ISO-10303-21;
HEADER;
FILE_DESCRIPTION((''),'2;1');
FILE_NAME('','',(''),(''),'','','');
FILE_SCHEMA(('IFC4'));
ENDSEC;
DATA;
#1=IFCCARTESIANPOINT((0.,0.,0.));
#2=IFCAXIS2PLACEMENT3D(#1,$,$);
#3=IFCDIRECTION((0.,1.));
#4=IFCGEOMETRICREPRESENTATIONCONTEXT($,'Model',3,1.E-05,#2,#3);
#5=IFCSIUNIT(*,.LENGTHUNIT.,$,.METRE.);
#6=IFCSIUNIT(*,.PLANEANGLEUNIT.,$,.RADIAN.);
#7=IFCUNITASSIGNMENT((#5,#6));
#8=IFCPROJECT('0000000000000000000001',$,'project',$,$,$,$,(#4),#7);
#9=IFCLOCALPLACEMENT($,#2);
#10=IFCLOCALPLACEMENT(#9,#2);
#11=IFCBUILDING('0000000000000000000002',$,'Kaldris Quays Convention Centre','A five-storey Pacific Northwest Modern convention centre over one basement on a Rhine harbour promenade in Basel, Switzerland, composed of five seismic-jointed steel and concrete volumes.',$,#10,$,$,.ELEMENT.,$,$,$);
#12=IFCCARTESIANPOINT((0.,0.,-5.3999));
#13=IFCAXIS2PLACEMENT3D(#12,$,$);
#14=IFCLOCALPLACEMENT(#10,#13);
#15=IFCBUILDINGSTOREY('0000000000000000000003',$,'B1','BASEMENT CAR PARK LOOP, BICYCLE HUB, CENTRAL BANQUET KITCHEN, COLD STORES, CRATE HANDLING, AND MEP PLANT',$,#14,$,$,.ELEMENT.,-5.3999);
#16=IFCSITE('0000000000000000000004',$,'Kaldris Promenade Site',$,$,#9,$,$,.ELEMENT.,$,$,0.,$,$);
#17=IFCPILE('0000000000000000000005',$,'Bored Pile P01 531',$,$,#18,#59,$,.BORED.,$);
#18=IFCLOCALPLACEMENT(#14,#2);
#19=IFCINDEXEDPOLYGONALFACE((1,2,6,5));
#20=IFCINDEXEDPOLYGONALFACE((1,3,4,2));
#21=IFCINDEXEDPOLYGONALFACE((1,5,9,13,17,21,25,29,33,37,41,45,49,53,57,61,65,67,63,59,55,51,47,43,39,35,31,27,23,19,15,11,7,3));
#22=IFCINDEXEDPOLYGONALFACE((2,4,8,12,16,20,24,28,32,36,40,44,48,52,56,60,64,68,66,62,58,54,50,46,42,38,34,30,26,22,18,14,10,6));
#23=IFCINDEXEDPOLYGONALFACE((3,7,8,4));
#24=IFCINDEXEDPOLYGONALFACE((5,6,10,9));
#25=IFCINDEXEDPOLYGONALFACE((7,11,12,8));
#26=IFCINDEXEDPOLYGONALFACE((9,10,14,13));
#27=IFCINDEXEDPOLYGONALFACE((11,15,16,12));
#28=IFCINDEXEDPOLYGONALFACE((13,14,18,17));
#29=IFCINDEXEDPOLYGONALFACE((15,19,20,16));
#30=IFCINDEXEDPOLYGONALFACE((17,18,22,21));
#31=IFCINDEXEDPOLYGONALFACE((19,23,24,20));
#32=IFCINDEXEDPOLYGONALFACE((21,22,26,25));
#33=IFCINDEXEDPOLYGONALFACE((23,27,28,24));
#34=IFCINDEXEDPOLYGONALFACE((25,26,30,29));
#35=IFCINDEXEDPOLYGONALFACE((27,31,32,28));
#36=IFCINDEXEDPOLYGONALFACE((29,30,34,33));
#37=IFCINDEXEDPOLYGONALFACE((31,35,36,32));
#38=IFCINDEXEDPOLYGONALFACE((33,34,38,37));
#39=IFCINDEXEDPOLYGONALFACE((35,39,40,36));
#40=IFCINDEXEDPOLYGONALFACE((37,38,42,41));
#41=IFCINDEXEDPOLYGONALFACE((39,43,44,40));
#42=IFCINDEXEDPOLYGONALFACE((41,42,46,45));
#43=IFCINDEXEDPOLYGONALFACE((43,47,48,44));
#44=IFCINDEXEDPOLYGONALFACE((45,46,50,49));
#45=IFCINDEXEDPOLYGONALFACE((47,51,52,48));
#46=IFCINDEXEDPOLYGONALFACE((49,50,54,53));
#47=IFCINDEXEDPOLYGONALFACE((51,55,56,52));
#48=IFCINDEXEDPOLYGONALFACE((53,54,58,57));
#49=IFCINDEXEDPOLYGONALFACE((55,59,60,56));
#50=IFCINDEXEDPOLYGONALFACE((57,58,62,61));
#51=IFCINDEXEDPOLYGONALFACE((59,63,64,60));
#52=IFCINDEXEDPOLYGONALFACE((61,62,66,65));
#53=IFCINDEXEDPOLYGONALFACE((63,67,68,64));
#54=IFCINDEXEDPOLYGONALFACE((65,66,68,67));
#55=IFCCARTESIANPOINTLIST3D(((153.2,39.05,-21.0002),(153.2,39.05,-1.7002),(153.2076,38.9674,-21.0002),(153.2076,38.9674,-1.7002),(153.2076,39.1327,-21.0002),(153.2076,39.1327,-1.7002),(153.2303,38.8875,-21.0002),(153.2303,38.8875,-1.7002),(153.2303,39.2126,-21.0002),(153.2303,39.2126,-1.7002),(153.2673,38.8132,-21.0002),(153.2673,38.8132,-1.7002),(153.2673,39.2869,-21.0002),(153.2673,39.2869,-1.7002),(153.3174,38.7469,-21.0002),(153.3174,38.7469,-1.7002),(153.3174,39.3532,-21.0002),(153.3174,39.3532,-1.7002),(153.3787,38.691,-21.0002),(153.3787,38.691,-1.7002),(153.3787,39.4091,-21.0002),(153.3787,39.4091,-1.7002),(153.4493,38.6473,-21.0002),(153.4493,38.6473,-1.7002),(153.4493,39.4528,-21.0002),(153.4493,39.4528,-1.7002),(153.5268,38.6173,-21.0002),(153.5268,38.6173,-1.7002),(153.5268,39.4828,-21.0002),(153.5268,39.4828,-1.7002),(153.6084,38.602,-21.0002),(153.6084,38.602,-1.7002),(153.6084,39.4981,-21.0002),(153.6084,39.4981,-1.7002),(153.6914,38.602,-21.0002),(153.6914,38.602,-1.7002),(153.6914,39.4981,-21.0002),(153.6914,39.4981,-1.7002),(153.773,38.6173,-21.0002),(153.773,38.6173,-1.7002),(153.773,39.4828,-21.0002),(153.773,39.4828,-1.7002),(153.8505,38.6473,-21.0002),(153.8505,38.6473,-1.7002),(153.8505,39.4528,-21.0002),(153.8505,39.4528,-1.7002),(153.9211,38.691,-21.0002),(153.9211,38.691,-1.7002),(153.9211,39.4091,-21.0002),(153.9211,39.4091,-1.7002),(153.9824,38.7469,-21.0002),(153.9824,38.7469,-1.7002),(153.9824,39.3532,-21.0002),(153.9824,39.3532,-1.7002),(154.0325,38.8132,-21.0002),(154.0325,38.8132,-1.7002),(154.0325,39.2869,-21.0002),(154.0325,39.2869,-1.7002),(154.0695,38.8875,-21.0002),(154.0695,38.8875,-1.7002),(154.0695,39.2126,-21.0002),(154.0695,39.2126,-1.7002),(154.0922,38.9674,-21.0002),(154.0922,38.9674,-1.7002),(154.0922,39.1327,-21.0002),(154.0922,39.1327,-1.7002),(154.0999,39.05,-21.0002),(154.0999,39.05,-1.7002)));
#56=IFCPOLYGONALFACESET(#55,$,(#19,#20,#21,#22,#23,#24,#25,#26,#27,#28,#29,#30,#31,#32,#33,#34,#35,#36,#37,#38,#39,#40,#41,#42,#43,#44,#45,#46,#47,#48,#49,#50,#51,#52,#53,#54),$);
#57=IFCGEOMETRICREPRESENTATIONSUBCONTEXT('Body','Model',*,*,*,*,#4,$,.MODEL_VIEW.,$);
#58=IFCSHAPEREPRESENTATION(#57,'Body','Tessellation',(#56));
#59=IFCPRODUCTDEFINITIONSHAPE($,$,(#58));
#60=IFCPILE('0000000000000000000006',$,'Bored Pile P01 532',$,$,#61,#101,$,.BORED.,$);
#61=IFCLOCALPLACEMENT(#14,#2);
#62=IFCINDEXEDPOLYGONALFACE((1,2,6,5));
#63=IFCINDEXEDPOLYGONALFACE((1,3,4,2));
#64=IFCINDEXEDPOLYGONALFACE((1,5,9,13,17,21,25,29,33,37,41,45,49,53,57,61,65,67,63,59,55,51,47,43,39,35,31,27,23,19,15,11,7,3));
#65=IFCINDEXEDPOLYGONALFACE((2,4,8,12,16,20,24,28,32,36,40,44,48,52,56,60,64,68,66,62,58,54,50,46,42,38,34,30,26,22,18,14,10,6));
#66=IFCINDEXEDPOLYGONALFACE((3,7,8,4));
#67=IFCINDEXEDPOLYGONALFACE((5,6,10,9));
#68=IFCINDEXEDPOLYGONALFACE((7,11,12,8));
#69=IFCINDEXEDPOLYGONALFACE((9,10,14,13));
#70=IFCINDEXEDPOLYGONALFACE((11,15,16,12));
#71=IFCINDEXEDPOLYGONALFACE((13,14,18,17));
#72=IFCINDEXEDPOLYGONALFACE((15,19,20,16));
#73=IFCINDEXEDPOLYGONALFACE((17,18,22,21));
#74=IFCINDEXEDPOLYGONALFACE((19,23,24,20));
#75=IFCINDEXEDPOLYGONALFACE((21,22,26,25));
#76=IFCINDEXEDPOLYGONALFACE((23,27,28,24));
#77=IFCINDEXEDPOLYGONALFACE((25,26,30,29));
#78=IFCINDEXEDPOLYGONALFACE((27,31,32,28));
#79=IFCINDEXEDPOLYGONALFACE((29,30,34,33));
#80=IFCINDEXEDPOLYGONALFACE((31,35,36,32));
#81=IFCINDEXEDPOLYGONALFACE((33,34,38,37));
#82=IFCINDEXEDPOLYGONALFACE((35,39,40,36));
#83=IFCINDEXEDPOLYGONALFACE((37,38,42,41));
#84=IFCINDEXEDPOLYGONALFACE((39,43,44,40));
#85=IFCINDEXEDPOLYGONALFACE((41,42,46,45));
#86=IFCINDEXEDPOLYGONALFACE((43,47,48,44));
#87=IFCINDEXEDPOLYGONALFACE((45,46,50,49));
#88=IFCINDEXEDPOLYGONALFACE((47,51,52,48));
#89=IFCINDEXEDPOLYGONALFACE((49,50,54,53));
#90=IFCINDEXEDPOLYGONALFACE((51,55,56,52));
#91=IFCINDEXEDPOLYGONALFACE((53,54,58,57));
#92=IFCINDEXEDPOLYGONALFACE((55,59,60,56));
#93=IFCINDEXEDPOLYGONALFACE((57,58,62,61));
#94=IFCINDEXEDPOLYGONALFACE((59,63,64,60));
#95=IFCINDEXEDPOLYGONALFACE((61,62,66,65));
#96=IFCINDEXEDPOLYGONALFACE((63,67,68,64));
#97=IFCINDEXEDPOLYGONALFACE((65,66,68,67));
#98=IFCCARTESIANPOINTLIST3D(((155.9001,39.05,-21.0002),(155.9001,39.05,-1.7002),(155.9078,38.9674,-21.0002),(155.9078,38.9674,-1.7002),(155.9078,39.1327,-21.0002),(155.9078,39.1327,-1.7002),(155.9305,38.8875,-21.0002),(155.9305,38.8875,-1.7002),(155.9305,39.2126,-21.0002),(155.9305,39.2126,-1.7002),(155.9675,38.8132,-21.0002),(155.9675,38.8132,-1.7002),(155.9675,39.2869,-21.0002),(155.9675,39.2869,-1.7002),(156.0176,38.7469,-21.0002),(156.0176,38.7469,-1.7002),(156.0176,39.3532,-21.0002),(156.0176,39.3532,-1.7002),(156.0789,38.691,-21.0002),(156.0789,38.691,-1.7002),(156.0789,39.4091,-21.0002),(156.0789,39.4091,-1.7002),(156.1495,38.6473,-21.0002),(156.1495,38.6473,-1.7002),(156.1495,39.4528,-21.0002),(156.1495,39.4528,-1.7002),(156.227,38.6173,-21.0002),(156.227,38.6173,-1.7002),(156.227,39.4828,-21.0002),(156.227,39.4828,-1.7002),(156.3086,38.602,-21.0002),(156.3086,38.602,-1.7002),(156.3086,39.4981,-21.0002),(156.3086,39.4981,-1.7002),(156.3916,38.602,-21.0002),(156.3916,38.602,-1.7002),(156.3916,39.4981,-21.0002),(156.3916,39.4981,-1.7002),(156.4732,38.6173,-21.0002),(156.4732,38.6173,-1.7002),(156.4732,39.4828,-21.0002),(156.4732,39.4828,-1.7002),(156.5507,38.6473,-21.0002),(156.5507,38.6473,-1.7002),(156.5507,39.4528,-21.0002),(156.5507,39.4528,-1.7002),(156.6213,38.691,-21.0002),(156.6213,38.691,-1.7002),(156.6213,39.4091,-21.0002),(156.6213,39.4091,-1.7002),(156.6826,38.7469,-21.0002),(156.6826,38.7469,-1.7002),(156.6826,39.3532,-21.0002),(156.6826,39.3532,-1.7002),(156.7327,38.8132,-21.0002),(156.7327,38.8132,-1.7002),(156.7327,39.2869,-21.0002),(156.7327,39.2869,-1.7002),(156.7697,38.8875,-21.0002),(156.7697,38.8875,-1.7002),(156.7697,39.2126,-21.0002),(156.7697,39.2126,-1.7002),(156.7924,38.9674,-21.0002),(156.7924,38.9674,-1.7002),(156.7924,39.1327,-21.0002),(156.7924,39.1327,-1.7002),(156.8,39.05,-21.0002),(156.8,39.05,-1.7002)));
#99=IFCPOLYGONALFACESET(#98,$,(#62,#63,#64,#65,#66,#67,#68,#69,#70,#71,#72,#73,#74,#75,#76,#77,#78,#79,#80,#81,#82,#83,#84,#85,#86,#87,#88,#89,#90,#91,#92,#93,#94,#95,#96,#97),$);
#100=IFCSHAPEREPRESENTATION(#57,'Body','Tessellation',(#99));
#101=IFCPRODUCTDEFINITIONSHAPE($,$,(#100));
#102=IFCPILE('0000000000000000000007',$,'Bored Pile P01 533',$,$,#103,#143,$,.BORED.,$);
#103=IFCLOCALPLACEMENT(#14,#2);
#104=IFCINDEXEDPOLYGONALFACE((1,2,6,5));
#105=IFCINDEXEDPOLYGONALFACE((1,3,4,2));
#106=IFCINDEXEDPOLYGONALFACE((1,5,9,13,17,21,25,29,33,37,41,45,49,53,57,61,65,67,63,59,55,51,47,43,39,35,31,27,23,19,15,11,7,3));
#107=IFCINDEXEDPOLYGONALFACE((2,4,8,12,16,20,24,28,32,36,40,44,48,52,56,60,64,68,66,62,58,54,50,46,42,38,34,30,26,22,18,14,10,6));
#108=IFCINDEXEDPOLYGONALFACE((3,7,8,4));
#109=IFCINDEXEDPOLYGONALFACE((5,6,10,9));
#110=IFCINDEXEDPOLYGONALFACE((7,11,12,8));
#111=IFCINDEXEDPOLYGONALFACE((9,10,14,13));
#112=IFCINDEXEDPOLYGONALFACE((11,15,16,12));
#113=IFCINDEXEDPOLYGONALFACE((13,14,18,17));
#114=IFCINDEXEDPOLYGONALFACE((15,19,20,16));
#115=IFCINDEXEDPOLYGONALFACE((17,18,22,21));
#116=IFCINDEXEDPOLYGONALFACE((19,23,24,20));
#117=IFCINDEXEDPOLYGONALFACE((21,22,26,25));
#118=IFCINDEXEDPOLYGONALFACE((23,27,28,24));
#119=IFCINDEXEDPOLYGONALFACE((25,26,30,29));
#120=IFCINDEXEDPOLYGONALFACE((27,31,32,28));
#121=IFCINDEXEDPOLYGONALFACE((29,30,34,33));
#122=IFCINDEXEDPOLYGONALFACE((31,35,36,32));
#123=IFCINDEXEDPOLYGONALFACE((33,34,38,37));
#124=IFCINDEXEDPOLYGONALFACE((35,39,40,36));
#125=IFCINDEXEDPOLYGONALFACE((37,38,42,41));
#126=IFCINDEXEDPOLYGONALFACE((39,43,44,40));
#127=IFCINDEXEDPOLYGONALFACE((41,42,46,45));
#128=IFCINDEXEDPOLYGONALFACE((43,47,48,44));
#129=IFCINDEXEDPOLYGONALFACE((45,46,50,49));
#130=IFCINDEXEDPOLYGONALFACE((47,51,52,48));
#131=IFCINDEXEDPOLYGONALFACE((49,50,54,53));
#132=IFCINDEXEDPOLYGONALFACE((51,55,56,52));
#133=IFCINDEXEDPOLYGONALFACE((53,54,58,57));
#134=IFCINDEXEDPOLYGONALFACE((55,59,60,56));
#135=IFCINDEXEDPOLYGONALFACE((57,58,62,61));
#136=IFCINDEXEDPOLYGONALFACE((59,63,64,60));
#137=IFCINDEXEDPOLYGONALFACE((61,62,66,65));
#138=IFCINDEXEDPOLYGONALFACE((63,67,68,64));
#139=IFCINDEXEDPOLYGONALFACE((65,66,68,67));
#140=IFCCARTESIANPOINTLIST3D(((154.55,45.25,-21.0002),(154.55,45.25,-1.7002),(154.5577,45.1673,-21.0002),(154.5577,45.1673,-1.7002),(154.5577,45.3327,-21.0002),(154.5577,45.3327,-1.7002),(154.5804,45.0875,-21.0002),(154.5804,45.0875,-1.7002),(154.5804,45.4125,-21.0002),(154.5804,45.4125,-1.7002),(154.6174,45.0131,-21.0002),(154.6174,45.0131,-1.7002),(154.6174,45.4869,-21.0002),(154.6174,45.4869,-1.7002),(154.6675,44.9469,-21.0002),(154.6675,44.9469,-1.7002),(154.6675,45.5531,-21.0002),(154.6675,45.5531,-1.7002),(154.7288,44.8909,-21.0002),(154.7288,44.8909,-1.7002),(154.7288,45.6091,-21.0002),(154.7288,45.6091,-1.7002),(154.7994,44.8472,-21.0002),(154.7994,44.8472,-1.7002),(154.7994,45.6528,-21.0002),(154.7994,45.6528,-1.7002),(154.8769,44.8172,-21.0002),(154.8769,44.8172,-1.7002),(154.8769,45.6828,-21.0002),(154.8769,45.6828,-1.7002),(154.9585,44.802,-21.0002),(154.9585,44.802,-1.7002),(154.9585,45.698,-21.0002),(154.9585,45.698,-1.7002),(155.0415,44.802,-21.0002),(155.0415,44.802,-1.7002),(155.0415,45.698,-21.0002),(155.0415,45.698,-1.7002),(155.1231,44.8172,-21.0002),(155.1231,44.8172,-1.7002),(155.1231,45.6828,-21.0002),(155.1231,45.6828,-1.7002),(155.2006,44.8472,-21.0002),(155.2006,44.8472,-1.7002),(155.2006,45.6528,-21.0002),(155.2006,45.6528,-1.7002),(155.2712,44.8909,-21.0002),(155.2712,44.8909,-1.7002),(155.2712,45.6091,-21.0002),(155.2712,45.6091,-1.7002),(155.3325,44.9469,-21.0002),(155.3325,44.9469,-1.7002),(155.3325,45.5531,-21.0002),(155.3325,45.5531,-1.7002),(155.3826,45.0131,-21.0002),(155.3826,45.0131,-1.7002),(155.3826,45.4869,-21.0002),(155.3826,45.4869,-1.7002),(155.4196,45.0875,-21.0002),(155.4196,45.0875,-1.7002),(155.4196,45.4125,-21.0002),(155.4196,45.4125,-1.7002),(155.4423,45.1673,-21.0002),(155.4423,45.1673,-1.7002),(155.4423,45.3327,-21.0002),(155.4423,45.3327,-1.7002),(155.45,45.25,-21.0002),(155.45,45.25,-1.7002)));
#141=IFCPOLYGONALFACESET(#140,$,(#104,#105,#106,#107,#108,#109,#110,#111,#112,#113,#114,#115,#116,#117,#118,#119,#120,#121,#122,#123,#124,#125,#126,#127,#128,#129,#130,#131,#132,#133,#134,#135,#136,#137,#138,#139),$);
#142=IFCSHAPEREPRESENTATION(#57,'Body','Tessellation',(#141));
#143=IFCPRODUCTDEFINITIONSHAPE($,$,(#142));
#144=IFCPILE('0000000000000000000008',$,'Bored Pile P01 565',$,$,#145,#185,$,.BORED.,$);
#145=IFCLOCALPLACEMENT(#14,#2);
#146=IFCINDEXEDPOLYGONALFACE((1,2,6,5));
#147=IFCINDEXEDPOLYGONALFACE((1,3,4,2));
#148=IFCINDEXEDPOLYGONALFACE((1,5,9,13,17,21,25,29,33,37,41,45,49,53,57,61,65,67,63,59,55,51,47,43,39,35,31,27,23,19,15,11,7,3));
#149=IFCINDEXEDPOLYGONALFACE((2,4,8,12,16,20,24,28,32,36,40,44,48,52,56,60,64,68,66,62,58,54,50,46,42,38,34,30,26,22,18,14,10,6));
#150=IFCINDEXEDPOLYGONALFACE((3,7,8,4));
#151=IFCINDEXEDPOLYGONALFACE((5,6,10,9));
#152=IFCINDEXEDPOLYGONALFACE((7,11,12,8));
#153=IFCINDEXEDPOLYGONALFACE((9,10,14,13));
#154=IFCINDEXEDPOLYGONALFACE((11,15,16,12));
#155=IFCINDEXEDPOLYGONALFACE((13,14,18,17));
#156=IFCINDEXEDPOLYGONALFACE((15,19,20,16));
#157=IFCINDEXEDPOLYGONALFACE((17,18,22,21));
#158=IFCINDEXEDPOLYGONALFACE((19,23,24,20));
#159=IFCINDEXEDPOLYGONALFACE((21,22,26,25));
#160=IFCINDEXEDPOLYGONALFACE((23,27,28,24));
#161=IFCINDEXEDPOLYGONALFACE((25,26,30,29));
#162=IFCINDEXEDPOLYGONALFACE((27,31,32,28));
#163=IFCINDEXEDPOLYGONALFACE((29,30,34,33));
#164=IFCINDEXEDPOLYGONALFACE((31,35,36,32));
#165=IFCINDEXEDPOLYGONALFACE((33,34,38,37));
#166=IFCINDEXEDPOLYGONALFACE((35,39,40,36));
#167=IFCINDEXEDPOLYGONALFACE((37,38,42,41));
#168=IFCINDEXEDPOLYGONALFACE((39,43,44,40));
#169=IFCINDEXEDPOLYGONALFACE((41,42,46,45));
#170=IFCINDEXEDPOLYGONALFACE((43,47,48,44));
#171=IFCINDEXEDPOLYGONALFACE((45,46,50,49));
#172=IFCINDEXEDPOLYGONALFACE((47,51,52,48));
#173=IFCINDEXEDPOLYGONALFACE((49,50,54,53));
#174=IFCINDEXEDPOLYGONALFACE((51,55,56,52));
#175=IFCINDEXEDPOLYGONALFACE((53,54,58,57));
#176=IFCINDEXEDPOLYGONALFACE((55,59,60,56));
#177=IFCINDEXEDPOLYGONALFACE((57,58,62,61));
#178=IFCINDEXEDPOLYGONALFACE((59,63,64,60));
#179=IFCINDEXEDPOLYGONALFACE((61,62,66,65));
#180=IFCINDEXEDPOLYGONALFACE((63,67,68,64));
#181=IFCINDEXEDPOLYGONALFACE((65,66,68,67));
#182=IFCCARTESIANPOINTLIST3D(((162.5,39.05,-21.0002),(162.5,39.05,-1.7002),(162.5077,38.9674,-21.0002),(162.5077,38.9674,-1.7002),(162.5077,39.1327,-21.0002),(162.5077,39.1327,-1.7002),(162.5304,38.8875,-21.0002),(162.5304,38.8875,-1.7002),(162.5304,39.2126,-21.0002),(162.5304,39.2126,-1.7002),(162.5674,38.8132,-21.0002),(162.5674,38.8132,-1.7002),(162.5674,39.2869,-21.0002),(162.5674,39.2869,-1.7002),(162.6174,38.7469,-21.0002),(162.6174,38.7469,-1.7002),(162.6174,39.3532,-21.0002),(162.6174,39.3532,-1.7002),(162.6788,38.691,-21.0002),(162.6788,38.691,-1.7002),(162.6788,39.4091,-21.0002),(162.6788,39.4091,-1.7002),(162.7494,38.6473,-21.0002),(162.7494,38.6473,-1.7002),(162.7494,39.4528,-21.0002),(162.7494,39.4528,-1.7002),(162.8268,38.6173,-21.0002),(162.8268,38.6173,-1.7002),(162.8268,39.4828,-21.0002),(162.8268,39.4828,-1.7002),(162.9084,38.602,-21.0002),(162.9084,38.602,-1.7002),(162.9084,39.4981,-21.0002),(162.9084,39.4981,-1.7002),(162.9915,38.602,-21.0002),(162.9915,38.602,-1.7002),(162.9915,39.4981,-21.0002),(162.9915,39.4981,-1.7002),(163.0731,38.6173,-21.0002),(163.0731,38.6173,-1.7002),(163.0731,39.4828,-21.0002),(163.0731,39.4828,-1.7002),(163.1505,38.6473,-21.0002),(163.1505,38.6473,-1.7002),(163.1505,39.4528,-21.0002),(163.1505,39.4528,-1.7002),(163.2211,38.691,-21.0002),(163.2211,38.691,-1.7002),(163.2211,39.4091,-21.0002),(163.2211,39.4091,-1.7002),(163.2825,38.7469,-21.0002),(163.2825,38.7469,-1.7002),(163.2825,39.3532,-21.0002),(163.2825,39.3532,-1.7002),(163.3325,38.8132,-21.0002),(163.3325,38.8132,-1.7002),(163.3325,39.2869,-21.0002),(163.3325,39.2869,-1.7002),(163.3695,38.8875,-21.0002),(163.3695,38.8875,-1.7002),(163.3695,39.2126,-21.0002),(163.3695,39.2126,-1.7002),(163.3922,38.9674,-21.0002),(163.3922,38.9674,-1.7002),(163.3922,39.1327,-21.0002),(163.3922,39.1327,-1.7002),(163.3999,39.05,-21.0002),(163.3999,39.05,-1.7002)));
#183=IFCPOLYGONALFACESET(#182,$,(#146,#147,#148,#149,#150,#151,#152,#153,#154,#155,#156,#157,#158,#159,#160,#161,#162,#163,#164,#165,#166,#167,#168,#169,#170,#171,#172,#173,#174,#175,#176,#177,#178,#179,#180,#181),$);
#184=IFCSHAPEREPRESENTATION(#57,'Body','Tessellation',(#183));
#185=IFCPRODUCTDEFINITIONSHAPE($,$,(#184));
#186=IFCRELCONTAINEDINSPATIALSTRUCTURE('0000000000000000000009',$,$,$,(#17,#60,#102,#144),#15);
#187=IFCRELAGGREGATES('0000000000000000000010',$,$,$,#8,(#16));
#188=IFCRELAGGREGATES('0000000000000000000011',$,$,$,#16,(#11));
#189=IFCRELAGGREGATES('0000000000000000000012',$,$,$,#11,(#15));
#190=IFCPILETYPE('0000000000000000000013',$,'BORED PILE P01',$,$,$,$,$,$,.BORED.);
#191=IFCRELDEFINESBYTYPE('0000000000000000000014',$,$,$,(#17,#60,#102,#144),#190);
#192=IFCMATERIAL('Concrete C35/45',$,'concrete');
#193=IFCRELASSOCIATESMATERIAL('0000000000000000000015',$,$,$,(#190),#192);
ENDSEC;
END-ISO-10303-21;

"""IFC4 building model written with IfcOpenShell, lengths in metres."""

from ifc_helpers import new_model, si_unit, direction, frame, origin, origin_2d, place, context, subcontext, project, spatial, circle, extrude, material, material_profile, profile_set, type_object, element, save


model = new_model("IFC4")

# Units and contexts
model_context = context("Model", 3, precision=1e-05, world=origin(), true_north=direction((0.0, 1.0)))
body_context = subcontext(model_context, "Body", "Model", "MODEL_VIEW")
ifc_project = project(units=[si_unit("LENGTHUNIT", "METRE"), si_unit("PLANEANGLEUNIT", "RADIAN")], contexts=[model_context])

# Site, building, storey
site_placement = place(None, origin())
site = spatial("IfcSite", under=ifc_project, at=site_placement, Name="Kaldris Promenade Site", CompositionType="ELEMENT", RefElevation=0.0)
building_placement = place(site_placement, origin())
building = spatial("IfcBuilding", under=site, at=building_placement, Name="Kaldris Quays Convention Centre", Description="A five-storey Pacific Northwest Modern convention centre over one basement on a Rhine harbour promenade in Basel, Switzerland, composed of five seismic-jointed steel and concrete volumes.", CompositionType="ELEMENT")
storey_placement = place(building_placement, frame((0.0, 0.0, -5.3999)))
storey = spatial("IfcBuildingStorey", under=building, at=storey_placement, Name="B1", Description="BASEMENT CAR PARK LOOP, BICYCLE HUB, CENTRAL BANQUET KITCHEN, COLD STORES, CRATE HANDLING, AND MEP PLANT", CompositionType="ELEMENT", Elevation=-5.3999)

# Piles
ifc_material_1 = material(Name="Concrete C35/45", Category="concrete")
ifc_material_profile_1 = material_profile(ifc_material_1, circle(Radius=0.45, at=origin_2d()), Name="BORED PILE D900")
ifc_profile_set_1 = profile_set([ifc_material_profile_1], Name="Concrete C35/45")
pile_type = type_object("IfcPileType", Name="BORED PILE P01", PredefinedType="BORED", material=ifc_profile_set_1)
for number, where, z_axis, x_axis, name in (
    (1, (153.6499, 39.05, -1.7002), (0.0, 0.0, -1.0), (1.0, 0.0, 0.0), "Bored Pile P01 531"),
    (2, (156.3501, 39.05, -1.7002), (0.0, 0.0, -1.0), (1.0, 0.0, 0.0), "Bored Pile P01 532"),
    (3, (155.0, 45.25, -1.7002), (0.0, 0.0, -1.0), (1.0, 0.0, 0.0), "Bored Pile P01 533"),
    (4, (162.95, 39.05, -1.7002), (0.0, 0.0, -1.0), (1.0, 0.0, 0.0), "Bored Pile P01 565"),
):
    element("IfcPile", number, at=place(storey_placement, frame(where, z_axis=z_axis, x_axis=x_axis)), inside=storey, type_object=pile_type, Name=name, PredefinedType="BORED", context=body_context, shape_type="SweptSolid", body=[
        extrude(circle(Radius=0.45, at=origin_2d()), origin(), (0.0, 0.0, 1.0), 19.3),
    ])

save(model, "model.ifc")
